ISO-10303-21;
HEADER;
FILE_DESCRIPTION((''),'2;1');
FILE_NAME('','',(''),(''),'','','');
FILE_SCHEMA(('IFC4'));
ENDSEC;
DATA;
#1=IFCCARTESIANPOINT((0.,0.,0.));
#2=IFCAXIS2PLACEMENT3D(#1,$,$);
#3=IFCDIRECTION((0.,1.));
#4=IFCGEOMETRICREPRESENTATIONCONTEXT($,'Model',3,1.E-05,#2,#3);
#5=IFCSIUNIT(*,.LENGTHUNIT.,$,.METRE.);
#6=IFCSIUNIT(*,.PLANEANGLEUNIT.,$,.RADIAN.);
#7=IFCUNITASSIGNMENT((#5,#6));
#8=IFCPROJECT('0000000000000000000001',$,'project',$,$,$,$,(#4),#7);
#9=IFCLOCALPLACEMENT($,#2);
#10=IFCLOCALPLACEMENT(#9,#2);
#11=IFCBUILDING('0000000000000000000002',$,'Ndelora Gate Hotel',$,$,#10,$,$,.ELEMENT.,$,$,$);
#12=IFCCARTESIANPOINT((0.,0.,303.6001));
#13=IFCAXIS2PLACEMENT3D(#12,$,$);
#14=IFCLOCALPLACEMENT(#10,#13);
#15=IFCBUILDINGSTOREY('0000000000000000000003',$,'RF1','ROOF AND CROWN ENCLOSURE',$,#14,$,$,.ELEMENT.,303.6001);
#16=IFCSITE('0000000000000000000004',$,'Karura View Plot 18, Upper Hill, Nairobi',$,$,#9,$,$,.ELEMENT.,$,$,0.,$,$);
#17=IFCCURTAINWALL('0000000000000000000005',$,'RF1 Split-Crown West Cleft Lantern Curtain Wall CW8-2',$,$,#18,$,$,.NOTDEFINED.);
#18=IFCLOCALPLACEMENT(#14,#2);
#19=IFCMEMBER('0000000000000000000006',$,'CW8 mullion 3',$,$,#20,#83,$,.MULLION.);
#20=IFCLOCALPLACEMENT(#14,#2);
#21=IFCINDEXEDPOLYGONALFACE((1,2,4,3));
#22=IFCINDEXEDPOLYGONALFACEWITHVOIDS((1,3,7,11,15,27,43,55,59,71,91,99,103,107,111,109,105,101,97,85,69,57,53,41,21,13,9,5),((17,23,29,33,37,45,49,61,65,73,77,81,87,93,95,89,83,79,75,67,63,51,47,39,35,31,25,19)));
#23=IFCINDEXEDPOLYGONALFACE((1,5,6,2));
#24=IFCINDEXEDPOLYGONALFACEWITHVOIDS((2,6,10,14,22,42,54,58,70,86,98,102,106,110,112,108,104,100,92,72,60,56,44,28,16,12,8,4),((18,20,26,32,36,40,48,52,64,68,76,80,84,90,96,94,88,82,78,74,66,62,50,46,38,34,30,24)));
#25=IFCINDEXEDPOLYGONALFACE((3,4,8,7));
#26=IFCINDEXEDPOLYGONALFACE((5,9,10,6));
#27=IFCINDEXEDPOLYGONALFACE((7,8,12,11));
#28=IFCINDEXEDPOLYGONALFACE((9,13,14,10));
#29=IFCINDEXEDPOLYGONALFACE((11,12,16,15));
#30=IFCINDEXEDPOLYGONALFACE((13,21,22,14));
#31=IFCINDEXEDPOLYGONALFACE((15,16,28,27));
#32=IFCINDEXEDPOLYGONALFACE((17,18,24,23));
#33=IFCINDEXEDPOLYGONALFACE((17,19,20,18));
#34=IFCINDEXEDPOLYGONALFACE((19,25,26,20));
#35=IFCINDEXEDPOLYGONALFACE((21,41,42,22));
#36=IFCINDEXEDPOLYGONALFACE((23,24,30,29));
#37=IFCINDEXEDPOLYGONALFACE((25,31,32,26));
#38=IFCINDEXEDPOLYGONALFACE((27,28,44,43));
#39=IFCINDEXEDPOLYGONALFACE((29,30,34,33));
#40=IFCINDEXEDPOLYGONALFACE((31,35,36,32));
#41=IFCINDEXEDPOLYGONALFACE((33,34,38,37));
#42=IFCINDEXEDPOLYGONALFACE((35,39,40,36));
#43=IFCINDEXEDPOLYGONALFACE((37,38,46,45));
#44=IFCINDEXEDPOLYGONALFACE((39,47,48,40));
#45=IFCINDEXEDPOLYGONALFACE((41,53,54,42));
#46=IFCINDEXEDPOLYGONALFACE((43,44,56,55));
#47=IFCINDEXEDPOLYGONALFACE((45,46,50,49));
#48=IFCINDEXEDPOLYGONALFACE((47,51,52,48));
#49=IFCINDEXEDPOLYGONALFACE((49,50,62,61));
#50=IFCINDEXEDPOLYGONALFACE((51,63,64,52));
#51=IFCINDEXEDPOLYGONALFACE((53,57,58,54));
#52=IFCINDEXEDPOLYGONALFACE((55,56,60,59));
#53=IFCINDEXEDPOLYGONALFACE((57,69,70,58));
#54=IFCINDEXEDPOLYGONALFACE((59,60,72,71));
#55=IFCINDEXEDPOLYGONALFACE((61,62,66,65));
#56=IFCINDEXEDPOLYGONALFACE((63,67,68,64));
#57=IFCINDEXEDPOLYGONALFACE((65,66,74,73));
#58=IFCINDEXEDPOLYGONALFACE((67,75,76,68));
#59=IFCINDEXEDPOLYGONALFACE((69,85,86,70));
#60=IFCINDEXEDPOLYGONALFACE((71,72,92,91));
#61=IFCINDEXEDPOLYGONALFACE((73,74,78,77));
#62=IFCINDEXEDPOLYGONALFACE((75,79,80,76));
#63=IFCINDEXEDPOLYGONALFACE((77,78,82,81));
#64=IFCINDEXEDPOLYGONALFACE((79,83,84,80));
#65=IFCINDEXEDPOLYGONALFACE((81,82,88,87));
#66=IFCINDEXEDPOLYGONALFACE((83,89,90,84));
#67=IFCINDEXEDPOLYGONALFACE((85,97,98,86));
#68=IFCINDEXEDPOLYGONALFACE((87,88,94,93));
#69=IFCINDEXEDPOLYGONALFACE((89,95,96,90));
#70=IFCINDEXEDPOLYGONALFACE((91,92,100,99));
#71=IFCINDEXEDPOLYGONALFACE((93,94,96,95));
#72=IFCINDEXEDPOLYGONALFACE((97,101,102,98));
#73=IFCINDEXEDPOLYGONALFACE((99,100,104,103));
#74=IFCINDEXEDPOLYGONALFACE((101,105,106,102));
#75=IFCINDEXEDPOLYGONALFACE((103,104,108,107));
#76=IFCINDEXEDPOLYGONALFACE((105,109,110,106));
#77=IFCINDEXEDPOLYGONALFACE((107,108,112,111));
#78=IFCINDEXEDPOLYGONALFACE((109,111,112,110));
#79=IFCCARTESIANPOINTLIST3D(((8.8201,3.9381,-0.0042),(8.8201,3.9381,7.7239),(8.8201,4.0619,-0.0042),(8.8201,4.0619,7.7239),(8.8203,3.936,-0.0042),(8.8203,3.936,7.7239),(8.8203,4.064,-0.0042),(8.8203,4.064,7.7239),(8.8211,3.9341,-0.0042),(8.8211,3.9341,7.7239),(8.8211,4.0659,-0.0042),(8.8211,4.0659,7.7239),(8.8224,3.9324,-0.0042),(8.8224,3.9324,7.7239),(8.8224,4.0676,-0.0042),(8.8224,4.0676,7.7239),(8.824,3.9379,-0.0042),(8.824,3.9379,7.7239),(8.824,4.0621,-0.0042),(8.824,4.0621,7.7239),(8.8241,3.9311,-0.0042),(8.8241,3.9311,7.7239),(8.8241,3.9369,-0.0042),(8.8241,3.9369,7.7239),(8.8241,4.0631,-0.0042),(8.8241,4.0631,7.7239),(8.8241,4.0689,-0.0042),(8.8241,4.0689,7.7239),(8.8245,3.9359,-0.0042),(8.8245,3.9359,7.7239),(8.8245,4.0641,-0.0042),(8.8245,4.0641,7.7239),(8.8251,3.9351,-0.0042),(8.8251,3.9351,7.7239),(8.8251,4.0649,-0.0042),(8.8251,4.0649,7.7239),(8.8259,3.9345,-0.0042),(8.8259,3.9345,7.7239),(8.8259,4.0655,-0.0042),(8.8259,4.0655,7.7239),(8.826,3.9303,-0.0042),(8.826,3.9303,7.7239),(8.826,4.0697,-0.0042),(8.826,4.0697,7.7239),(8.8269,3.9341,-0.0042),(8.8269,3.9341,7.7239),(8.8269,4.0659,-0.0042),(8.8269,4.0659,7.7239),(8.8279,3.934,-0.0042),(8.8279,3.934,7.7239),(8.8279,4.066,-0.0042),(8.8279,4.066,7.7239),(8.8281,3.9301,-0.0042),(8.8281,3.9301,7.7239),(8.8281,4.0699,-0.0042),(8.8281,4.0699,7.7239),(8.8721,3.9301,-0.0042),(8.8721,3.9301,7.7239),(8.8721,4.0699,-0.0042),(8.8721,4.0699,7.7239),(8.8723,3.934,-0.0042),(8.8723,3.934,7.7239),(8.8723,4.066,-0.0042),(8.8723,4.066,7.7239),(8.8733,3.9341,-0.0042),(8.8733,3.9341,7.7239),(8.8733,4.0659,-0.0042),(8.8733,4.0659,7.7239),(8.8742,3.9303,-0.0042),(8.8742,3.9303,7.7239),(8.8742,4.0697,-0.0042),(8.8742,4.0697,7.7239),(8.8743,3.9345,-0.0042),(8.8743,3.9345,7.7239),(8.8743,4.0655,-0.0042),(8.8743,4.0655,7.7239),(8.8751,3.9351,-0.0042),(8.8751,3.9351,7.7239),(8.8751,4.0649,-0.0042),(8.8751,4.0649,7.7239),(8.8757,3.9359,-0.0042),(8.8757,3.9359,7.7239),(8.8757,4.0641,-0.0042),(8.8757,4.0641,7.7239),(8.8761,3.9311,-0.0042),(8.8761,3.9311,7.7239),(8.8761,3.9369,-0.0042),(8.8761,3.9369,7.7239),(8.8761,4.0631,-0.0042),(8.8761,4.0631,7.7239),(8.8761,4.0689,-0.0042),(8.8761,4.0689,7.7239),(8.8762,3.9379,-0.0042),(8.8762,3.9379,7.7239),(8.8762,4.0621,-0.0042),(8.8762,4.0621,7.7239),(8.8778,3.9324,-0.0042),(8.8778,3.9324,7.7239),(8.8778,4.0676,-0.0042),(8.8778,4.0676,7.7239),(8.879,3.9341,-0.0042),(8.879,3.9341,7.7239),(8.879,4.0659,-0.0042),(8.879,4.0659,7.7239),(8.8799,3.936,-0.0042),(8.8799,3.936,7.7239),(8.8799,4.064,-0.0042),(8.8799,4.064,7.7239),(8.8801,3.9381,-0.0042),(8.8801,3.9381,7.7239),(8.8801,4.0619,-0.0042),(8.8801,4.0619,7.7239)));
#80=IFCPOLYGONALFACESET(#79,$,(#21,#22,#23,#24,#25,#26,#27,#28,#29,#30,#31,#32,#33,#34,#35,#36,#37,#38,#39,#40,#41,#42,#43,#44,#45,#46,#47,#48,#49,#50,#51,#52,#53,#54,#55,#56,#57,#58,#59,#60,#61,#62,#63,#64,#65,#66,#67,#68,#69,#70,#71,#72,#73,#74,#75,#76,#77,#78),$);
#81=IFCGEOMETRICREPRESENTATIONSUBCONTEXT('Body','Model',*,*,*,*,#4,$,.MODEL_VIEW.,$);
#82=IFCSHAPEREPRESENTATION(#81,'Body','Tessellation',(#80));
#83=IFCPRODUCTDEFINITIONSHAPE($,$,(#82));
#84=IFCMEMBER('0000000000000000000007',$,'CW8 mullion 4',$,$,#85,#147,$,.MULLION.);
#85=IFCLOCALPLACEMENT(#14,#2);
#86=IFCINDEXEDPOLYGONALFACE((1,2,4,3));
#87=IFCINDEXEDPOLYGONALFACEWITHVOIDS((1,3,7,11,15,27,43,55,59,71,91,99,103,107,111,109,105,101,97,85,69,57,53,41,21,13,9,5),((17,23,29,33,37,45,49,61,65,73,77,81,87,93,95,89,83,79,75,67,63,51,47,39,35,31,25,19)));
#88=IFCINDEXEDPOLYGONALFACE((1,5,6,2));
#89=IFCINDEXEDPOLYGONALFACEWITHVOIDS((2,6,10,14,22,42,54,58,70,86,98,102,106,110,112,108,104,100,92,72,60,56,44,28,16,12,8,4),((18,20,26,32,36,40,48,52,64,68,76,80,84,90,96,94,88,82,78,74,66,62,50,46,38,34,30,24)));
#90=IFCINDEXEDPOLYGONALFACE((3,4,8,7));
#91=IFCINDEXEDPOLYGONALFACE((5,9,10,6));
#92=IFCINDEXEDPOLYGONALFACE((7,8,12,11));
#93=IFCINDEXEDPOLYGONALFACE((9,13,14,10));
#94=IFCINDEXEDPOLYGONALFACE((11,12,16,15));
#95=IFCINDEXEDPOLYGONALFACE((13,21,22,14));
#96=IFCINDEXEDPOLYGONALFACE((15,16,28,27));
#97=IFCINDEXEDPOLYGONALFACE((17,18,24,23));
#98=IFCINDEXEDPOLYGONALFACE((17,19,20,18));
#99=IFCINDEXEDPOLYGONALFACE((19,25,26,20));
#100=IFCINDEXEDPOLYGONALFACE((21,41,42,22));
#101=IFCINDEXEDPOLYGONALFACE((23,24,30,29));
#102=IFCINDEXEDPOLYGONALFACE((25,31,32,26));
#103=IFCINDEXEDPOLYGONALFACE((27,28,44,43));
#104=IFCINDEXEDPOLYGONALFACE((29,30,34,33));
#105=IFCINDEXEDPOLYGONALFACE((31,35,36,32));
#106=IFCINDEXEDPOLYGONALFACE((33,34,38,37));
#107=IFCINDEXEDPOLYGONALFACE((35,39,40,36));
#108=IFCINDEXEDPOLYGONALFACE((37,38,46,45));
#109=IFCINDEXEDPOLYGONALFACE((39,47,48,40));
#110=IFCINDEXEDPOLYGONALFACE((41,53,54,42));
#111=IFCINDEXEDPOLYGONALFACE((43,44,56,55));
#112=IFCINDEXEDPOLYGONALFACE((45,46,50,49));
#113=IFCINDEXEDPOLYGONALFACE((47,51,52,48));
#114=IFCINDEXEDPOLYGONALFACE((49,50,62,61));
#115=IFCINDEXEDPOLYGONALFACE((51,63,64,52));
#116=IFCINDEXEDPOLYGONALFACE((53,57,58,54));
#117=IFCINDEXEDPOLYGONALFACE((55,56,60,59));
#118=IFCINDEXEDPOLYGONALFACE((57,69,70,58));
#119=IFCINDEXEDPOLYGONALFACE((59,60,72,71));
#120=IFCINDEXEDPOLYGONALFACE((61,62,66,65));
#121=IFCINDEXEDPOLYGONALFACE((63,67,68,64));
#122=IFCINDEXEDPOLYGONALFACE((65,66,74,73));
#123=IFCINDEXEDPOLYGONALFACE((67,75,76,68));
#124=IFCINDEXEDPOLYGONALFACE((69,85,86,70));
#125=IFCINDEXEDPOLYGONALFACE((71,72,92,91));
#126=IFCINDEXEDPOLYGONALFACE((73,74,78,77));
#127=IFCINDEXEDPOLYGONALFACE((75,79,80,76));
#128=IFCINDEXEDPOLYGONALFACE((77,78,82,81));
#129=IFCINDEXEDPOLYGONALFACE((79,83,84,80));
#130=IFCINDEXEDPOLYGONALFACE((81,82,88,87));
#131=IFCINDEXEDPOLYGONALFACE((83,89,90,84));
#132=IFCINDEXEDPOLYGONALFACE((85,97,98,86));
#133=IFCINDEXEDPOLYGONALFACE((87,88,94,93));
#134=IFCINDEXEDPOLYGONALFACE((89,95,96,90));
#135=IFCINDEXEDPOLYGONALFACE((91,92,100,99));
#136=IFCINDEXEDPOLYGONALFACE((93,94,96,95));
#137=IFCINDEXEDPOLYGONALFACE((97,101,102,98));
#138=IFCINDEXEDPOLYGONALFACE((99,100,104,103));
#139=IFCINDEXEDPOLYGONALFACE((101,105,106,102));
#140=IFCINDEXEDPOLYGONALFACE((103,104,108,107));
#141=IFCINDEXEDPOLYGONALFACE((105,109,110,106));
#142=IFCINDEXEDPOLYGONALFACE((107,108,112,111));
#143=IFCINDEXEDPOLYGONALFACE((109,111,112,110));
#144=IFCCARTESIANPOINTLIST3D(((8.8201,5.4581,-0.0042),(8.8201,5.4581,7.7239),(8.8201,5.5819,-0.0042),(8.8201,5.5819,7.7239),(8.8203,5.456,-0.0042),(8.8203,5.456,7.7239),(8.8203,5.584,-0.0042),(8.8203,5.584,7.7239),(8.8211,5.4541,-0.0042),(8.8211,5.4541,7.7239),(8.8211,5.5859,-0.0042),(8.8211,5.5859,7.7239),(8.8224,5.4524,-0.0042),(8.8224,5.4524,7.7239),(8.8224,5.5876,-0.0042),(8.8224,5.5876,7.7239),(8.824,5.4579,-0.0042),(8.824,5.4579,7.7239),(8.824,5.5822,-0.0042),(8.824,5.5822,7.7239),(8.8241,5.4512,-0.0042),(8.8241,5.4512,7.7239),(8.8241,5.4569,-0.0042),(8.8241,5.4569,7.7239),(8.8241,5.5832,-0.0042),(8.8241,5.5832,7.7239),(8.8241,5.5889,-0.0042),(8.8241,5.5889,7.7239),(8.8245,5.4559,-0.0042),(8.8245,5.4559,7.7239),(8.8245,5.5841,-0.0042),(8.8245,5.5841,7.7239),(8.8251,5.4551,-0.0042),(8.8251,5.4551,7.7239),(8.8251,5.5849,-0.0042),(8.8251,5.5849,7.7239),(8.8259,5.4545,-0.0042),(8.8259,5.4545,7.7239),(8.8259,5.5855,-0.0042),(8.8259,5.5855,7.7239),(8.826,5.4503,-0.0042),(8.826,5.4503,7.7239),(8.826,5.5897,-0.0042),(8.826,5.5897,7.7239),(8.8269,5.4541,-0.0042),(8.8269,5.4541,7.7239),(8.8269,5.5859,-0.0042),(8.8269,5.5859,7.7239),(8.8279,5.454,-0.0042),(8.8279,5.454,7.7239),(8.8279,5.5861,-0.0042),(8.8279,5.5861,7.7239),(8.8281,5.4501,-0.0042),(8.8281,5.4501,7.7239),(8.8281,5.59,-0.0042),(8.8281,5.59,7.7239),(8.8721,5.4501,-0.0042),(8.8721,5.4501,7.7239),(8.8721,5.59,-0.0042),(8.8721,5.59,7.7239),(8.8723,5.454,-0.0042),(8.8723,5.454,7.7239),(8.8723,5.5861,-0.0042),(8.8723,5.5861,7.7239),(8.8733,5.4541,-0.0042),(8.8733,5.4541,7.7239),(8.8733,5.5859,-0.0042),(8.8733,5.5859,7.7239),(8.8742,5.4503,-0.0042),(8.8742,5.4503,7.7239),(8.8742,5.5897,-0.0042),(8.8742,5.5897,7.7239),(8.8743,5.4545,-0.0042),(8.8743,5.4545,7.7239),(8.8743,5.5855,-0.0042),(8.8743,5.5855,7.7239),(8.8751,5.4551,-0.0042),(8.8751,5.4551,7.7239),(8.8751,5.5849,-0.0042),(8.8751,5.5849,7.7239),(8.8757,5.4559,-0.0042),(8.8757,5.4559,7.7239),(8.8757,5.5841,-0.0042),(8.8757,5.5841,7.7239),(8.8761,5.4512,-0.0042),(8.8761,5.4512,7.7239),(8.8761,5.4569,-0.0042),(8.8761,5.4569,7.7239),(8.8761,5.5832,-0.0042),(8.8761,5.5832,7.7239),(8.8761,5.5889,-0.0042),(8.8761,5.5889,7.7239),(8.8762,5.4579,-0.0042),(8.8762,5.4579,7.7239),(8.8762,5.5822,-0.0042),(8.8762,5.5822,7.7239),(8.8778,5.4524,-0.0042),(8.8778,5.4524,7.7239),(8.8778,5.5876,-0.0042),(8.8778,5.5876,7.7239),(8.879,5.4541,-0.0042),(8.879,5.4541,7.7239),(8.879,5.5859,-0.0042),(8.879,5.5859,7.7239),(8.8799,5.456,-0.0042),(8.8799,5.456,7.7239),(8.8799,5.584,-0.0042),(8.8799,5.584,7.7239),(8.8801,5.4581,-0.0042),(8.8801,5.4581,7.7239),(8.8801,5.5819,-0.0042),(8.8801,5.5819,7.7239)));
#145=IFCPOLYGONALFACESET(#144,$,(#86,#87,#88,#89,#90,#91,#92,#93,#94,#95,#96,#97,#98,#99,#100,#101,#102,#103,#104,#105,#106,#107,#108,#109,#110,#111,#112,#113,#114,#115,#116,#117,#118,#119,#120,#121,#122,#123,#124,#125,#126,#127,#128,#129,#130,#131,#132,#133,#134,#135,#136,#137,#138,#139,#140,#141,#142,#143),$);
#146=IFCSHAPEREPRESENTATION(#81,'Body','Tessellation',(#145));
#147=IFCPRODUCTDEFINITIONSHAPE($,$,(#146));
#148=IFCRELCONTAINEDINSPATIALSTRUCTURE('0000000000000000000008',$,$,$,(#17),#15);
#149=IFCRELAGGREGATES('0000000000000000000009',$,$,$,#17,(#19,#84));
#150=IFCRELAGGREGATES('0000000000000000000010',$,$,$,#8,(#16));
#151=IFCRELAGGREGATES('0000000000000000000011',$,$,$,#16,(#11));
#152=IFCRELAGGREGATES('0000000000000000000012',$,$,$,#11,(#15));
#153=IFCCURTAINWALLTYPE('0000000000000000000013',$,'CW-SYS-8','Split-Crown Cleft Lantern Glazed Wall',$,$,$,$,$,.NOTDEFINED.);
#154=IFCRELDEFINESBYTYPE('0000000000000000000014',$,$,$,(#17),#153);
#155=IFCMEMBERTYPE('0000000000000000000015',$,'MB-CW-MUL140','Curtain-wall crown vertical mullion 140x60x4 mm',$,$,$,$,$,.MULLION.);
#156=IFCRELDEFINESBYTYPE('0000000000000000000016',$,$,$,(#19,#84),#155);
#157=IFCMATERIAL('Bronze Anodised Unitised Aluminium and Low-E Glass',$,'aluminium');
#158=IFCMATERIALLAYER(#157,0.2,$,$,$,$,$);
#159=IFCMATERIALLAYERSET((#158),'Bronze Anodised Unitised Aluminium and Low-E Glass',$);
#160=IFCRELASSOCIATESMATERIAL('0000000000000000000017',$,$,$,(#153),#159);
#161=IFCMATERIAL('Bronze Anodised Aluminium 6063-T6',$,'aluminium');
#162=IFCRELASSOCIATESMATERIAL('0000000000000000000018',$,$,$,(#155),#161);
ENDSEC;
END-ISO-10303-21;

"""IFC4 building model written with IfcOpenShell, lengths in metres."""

from ifc_helpers import new_model, si_unit, direction, frame, origin, origin_2d, place, context, subcontext, project, spatial, hollow_rectangle, extrude, material, layer, layer_set, material_profile, profile_set, type_object, element, aggregate, save


model = new_model("IFC4")

# Units and contexts
model_context = context("Model", 3, precision=1e-05, world=origin(), true_north=direction((0.0, 1.0)))
body_context = subcontext(model_context, "Body", "Model", "MODEL_VIEW")
ifc_project = project(units=[si_unit("LENGTHUNIT", "METRE"), si_unit("PLANEANGLEUNIT", "RADIAN")], contexts=[model_context])

# Site, building, storey
site_placement = place(None, origin())
site = spatial("IfcSite", under=ifc_project, at=site_placement, Name="Karura View Plot 18, Upper Hill, Nairobi", CompositionType="ELEMENT", RefElevation=0.0)
building_placement = place(site_placement, origin())
building = spatial("IfcBuilding", under=site, at=building_placement, Name="Ndelora Gate Hotel", CompositionType="ELEMENT")
storey_placement = place(building_placement, frame((0.0, 0.0, 303.6001)))
storey = spatial("IfcBuildingStorey", under=building, at=storey_placement, Name="RF1", Description="ROOF AND CROWN ENCLOSURE", CompositionType="ELEMENT", Elevation=303.6001)

# Curtain wall, members
ifc_material_1 = material(Name="Bronze Anodised Unitised Aluminium and Low-E Glass", Category="aluminium")
ifc_layer_1 = layer(ifc_material_1, 0.2)
ifc_layer_set_1 = layer_set([ifc_layer_1], Name="Bronze Anodised Unitised Aluminium and Low-E Glass")
curtain_wall_type = type_object("IfcCurtainWallType", Name="CW-SYS-8", Description="Split-Crown Cleft Lantern Glazed Wall", PredefinedType="NOTDEFINED", material=ifc_layer_set_1)
curtain_wall_1_placement = place(storey_placement, origin())
curtain_wall_1 = element("IfcCurtainWall", 1, at=curtain_wall_1_placement, inside=storey, type_object=curtain_wall_type, Name="RF1 Split-Crown West Cleft Lantern Curtain Wall CW8-2", PredefinedType="NOTDEFINED")
ifc_material_2 = material(Name="Bronze Anodised Aluminium 6063-T6", Category="aluminium")
ifc_material_profile_1 = material_profile(ifc_material_2, hollow_rectangle(XDim=0.0601, YDim=0.1399, WallThickness=0.0039, InnerFilletRadius=0.0039, OuterFilletRadius=0.0081, at=origin_2d()), Name="ALU 140x60x4")
ifc_profile_set_1 = profile_set([ifc_material_profile_1], Name="Bronze Anodised Aluminium 6063-T6")
member_type_1 = type_object("IfcMemberType", Name="MB-CW-MUL140", Description="Curtain-wall crown vertical mullion 140x60x4 mm", PredefinedType="MULLION", material=ifc_profile_set_1)
member_1_placement = place(storey_placement, frame((8.8501, 4.0, -0.0042), z_axis=(0.0, 0.0, 1.0), x_axis=(-1.0, 0.0, 0.0)))
member_1 = element("IfcMember", 2, at=member_1_placement, type_object=member_type_1, Name="CW8 mullion 3", PredefinedType="MULLION", context=body_context, shape_type="SweptSolid", body=[
    extrude(hollow_rectangle(XDim=0.0601, YDim=0.1399, WallThickness=0.0039, InnerFilletRadius=0.0039, OuterFilletRadius=0.0081, at=origin_2d()), origin(), (0.0, 0.0, 1.0), 7.728),
])
member_2_placement = place(storey_placement, frame((8.8501, 5.52, -0.0042), z_axis=(0.0, 0.0, 1.0), x_axis=(-1.0, 0.0, 0.0)))
member_2 = element("IfcMember", 3, at=member_2_placement, type_object=member_type_1, Name="CW8 mullion 4", PredefinedType="MULLION", context=body_context, shape_type="SweptSolid", body=[
    extrude(hollow_rectangle(XDim=0.0601, YDim=0.1399, WallThickness=0.0039, InnerFilletRadius=0.0039, OuterFilletRadius=0.0081, at=origin_2d()), origin(), (0.0, 0.0, 1.0), 7.728),
])

aggregate(curtain_wall_1, [member_1, member_2])

save(model, "model.ifc")
